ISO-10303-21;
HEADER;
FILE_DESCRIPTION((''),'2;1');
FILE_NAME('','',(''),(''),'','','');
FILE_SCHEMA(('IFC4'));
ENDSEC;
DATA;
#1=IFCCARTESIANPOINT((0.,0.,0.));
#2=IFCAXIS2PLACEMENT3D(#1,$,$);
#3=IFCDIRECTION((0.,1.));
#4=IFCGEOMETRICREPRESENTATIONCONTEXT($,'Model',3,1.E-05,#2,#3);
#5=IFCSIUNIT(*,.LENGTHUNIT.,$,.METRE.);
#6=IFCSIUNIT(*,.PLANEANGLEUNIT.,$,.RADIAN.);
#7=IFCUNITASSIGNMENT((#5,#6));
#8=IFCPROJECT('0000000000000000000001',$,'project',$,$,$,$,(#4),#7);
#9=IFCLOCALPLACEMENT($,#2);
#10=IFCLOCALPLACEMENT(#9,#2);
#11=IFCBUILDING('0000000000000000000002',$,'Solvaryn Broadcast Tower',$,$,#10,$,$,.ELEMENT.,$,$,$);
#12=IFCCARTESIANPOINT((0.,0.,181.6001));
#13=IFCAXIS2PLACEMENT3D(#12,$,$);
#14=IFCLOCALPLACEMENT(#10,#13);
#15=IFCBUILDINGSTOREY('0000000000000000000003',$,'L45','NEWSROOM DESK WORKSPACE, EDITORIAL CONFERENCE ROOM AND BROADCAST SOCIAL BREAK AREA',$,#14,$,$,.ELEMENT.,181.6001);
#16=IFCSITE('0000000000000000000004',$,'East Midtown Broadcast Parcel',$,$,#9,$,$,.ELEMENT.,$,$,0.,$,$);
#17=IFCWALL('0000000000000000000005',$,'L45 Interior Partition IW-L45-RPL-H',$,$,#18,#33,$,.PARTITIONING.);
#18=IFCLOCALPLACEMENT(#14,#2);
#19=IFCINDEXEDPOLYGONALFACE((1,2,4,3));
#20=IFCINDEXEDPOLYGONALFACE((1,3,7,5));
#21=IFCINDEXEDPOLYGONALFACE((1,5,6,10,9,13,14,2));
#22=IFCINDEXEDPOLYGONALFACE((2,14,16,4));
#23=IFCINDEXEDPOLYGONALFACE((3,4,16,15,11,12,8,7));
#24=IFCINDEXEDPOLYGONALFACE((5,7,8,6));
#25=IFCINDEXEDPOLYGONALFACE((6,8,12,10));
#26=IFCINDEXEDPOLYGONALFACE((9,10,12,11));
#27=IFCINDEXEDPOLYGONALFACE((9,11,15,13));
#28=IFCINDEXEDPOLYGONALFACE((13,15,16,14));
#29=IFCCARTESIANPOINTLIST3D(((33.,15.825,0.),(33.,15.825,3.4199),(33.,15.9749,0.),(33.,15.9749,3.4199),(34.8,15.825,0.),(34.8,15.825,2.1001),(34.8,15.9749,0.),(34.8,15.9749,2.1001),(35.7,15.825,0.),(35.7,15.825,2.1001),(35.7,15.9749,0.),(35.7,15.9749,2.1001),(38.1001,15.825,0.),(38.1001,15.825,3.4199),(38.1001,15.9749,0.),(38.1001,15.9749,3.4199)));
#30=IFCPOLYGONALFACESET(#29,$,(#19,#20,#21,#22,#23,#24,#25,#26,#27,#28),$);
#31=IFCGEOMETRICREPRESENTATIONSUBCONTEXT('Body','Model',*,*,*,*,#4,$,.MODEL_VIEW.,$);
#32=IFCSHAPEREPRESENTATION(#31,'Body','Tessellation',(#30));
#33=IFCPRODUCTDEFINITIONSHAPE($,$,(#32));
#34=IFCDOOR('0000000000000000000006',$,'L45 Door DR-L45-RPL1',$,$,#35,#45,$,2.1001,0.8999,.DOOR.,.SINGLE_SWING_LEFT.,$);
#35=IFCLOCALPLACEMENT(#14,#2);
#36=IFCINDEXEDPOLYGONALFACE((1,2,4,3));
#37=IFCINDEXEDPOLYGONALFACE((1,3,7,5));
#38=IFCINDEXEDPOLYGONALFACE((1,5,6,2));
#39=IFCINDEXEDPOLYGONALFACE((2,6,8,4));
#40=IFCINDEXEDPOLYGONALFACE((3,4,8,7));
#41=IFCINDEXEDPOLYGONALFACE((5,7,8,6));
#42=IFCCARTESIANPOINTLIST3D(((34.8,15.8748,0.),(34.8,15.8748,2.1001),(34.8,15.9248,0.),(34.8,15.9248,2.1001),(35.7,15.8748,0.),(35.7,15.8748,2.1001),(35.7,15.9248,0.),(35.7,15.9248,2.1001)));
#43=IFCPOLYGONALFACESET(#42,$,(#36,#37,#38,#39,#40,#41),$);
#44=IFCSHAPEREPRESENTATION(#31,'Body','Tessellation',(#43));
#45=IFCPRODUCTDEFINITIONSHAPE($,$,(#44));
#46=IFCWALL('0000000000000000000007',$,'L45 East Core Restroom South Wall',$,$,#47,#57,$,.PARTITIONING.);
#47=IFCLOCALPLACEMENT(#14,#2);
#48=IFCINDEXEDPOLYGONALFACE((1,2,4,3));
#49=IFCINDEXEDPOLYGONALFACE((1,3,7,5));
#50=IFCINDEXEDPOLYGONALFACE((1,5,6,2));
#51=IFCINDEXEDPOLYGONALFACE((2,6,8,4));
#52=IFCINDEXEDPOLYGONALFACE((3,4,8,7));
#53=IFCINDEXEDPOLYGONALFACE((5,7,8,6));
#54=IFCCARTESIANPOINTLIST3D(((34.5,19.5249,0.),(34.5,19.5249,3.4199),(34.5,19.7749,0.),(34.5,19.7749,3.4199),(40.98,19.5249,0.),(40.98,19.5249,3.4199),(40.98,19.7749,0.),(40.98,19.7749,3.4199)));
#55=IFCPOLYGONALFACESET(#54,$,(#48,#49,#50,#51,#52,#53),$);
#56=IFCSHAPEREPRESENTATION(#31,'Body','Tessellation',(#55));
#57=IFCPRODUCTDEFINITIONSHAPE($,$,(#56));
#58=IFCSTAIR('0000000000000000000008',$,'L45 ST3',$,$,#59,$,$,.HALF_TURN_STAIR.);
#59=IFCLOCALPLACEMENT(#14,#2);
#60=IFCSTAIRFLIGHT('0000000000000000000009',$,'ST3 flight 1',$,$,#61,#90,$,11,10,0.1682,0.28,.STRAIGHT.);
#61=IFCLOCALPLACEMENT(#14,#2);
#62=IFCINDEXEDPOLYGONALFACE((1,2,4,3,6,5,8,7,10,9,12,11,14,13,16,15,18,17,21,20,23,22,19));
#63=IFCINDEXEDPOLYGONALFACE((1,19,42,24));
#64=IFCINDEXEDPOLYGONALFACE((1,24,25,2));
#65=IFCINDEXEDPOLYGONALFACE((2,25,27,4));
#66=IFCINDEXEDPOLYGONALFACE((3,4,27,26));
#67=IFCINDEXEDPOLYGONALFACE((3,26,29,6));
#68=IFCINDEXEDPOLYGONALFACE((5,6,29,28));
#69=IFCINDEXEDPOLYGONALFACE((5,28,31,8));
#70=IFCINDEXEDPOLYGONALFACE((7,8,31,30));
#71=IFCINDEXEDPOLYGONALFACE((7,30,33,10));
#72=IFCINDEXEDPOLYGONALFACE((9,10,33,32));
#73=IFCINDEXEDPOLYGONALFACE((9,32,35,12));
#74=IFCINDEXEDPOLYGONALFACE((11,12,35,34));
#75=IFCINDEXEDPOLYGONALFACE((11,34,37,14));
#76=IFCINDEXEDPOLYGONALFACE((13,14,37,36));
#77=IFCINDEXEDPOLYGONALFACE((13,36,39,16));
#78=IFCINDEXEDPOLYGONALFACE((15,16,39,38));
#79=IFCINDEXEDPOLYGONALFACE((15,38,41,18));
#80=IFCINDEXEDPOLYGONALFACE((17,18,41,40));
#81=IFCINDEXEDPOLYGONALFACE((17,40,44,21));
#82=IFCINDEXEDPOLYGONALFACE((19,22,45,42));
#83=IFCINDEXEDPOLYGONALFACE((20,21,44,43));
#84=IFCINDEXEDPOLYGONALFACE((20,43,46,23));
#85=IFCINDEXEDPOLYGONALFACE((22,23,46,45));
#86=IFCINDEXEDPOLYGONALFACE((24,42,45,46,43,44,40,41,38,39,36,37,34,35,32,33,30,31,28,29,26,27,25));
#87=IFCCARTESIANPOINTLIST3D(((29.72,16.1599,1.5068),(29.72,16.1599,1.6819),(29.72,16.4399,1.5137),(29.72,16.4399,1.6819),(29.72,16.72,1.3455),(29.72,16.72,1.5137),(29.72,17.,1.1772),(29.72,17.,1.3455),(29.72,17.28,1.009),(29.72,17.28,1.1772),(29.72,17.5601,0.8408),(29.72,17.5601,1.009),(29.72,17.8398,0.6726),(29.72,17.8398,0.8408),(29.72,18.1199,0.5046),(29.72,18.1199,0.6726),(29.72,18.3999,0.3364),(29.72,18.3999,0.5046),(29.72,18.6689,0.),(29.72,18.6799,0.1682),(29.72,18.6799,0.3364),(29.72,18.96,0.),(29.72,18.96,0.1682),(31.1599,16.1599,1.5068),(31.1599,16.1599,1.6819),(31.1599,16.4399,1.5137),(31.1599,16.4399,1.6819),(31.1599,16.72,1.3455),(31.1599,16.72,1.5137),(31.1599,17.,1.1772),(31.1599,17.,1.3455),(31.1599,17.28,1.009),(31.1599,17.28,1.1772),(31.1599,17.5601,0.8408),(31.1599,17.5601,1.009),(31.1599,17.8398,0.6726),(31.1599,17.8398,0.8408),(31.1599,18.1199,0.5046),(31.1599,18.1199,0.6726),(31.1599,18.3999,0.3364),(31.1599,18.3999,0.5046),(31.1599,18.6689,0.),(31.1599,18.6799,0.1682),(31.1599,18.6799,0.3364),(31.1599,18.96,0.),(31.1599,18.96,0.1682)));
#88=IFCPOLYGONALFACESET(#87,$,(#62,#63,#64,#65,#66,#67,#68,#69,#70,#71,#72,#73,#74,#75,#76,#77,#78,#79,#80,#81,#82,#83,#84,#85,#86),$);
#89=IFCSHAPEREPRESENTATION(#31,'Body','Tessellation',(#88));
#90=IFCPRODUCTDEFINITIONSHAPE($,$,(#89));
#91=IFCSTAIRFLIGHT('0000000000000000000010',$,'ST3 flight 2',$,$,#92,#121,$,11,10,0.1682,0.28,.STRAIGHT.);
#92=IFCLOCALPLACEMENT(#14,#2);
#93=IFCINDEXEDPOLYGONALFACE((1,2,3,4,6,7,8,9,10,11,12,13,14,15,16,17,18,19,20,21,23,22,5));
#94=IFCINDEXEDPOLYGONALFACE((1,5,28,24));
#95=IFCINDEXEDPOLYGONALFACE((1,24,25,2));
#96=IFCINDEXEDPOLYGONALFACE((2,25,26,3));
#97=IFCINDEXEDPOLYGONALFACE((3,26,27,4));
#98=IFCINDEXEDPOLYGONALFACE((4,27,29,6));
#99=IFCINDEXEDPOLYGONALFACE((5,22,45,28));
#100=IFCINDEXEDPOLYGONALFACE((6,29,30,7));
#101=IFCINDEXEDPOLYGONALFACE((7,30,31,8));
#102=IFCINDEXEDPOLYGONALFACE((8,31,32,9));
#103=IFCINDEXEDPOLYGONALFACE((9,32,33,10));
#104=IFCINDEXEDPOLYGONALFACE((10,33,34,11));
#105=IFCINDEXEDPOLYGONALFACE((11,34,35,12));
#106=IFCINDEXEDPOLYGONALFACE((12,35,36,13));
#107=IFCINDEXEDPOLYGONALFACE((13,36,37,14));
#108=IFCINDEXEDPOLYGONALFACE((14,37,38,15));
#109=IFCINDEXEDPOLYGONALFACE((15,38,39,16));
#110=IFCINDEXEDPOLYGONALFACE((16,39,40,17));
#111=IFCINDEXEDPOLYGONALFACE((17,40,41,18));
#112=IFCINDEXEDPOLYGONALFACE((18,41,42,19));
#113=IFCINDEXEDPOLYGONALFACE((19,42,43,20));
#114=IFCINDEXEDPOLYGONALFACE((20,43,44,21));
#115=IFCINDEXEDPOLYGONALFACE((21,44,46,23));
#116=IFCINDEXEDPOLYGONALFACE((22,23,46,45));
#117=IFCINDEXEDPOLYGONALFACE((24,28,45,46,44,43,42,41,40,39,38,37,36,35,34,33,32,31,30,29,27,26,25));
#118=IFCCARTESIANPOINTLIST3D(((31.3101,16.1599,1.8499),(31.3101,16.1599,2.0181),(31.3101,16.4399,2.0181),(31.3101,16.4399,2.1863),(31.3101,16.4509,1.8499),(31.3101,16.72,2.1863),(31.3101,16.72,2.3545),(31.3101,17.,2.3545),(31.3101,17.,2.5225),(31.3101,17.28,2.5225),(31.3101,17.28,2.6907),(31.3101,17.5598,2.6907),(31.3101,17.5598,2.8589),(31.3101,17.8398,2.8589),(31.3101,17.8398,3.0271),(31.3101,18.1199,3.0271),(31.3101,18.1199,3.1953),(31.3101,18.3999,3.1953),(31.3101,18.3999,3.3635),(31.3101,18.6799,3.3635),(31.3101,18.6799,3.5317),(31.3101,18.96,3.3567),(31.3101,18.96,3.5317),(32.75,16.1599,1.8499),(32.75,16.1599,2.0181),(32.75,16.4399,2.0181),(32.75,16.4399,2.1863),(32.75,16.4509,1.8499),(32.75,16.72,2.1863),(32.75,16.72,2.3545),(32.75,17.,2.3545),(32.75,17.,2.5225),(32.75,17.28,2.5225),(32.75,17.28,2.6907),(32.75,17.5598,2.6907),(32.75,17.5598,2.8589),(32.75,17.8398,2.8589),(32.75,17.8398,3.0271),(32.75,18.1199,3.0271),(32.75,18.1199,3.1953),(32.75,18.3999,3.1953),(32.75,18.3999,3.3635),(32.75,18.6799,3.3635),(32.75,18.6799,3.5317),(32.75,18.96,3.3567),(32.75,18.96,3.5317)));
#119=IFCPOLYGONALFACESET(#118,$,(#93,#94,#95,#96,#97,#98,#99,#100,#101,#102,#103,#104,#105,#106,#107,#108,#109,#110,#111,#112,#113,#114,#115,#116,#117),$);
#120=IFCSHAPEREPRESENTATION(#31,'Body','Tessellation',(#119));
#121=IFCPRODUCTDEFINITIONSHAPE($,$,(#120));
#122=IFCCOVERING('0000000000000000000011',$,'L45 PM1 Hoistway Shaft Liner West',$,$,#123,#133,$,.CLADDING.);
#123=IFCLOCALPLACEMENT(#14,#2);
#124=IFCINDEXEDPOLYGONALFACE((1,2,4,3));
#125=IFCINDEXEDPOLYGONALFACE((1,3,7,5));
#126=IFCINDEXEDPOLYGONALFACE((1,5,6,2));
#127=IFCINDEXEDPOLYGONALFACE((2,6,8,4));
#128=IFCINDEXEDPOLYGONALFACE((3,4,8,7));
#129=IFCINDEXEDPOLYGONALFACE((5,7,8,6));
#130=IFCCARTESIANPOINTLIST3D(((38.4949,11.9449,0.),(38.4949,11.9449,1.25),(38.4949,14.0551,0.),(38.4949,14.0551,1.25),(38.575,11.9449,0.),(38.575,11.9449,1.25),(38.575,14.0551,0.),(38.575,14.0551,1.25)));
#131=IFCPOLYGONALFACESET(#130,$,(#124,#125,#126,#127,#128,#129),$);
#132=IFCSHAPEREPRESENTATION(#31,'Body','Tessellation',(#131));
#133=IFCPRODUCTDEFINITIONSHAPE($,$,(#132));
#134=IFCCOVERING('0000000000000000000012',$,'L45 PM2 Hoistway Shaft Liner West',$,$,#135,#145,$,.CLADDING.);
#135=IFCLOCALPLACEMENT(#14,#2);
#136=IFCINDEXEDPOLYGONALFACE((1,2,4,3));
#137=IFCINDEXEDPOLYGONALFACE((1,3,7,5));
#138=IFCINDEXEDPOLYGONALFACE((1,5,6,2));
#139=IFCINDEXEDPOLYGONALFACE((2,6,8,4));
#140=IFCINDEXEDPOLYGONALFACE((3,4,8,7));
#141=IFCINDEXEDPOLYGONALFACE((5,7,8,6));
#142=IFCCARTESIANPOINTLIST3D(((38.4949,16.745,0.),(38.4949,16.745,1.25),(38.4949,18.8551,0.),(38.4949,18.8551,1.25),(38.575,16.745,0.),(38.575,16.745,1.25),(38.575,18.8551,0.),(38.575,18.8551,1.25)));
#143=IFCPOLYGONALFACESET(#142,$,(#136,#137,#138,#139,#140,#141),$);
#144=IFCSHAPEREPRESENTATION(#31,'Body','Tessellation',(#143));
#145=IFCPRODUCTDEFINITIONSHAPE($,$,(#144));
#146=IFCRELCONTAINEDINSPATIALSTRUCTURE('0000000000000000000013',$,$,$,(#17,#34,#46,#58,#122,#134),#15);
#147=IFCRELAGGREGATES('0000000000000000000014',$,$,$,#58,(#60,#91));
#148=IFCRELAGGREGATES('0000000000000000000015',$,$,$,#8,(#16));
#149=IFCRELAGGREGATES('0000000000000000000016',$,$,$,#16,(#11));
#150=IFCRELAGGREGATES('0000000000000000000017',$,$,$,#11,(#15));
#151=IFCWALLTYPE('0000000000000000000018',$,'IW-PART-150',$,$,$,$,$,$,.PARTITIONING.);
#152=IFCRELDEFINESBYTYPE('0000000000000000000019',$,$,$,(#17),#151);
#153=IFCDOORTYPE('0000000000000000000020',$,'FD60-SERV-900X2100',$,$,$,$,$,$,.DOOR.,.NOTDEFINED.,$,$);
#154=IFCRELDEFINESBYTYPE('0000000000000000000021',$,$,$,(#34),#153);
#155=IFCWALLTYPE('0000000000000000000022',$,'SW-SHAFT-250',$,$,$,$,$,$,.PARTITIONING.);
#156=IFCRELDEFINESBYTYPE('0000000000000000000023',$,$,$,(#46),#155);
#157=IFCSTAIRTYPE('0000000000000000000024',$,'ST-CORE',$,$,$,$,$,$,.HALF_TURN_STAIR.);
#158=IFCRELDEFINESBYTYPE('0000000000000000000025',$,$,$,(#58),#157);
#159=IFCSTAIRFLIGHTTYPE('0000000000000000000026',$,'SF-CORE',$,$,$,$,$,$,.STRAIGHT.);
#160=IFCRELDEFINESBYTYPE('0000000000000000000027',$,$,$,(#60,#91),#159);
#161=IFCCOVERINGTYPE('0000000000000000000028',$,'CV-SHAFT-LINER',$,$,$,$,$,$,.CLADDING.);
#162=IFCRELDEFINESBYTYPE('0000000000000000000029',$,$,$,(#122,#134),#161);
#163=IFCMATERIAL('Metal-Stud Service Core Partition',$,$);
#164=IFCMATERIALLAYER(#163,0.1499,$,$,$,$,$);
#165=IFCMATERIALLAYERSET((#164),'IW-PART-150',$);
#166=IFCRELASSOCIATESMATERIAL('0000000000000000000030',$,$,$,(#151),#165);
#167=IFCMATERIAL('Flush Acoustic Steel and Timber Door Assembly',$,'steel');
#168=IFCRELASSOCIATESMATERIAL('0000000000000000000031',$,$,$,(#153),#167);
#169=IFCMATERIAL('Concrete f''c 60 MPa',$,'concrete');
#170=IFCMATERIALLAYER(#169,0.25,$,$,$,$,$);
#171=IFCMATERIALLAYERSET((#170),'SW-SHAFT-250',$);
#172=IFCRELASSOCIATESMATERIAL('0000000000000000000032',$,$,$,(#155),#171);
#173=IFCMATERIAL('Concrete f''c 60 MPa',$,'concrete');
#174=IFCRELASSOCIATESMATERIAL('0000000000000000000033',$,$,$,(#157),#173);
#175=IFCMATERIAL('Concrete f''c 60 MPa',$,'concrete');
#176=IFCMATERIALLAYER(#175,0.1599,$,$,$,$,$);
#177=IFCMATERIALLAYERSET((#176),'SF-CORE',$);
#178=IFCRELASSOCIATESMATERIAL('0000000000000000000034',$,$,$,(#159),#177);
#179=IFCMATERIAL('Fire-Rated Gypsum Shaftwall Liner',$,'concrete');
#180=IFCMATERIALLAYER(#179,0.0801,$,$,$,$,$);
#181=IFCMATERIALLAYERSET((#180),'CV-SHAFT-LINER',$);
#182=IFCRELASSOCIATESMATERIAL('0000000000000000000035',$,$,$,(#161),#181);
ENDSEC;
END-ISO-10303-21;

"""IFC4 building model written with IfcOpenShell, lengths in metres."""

from ifc_helpers import new_model, si_unit, direction, frame, frame_2d, origin, origin_2d, place, context, subcontext, project, spatial, polyline, rectangle, outline, extrude, material, layer, layer_set, type_object, element, fill, aggregate, save


model = new_model("IFC4")

# Units and contexts
model_context = context("Model", 3, precision=1e-05, world=origin(), true_north=direction((0.0, 1.0)))
body_context = subcontext(model_context, "Body", "Model", "MODEL_VIEW")
ifc_project = project(units=[si_unit("LENGTHUNIT", "METRE"), si_unit("PLANEANGLEUNIT", "RADIAN")], contexts=[model_context])

# Site, building, storey
site_placement = place(None, origin())
site = spatial("IfcSite", under=ifc_project, at=site_placement, Name="East Midtown Broadcast Parcel", CompositionType="ELEMENT", RefElevation=0.0)
building_placement = place(site_placement, origin())
building = spatial("IfcBuilding", under=site, at=building_placement, Name="Solvaryn Broadcast Tower", CompositionType="ELEMENT")
storey_placement = place(building_placement, frame((0.0, 0.0, 181.6001)))
storey = spatial("IfcBuildingStorey", under=building, at=storey_placement, Name="L45", Description="NEWSROOM DESK WORKSPACE, EDITORIAL CONFERENCE ROOM AND BROADCAST SOCIAL BREAK AREA", CompositionType="ELEMENT", Elevation=181.6001)

# Wall, opening, door
ifc_material_1 = material(Name="Metal-Stud Service Core Partition")
ifc_layer_1 = layer(ifc_material_1, 0.1499)
ifc_layer_set_1 = layer_set([ifc_layer_1], Name="IW-PART-150")
wall_type_1 = type_object("IfcWallType", Name="IW-PART-150", PredefinedType="PARTITIONING", material=ifc_layer_set_1)
wall_1_placement = place(storey_placement, frame((33.0, 15.8999, 0.0), z_axis=(0.0, 0.0, 1.0), x_axis=(1.0, 0.0, 0.0)))
wall_1 = element("IfcWall", 1, at=wall_1_placement, inside=storey, type_object=wall_type_1, Name="L45 Interior Partition IW-L45-RPL-H", PredefinedType="PARTITIONING", context=body_context, shape_type="SweptSolid", body=[
    extrude(rectangle(XDim=5.1001, YDim=0.1499, at=frame_2d((2.55, 0.0))), origin(), (0.0, 0.0, 1.0), 3.4199),
])
opening_1_placement = place(wall_1_placement, frame((1.8, 0.0, 0.0)))
opening_1 = element("IfcOpeningElement", 2, at=opening_1_placement, cuts=wall_1, PredefinedType="OPENING", context=body_context, shape_type="SweptSolid", body=[
    extrude(rectangle(XDim=0.8999, YDim=2.1001, at=frame_2d((0.45, 1.05))), frame((0.0, 0.085, 0.0), z_axis=(0.0, -1.0, 0.0), x_axis=(1.0, 0.0, 0.0)), (0.0, 0.0, 1.0), 0.1699),
])
ifc_material_2 = material(Name="Flush Acoustic Steel and Timber Door Assembly", Category="steel")
door_type_1 = type_object("IfcDoorType", Name="FD60-SERV-900X2100", OperationType="NOTDEFINED", PredefinedType="DOOR", material=ifc_material_2)
door_1_placement = place(opening_1_placement, origin())
door_1 = element("IfcDoor", 3, at=door_1_placement, inside=storey, type_object=door_type_1, Name="L45 Door DR-L45-RPL1", OperationType="SINGLE_SWING_LEFT", OverallHeight=2.1001, OverallWidth=0.8999, PredefinedType="DOOR", context=body_context, shape_type="SweptSolid", body=[
    extrude(rectangle(XDim=0.8999, YDim=2.1001, at=frame_2d((0.45, 1.05))), frame((0.0, 0.0249, 0.0), z_axis=(0.0, -1.0, 0.0), x_axis=(1.0, 0.0, 0.0)), (0.0, 0.0, 1.0), 0.05),
])
fill(opening_1, door_1)

# Wall
ifc_material_3 = material(Name="Concrete f'c 60 MPa", Category="concrete")
ifc_layer_2 = layer(ifc_material_3, 0.25)
ifc_layer_set_2 = layer_set([ifc_layer_2], Name="SW-SHAFT-250")
wall_type_2 = type_object("IfcWallType", Name="SW-SHAFT-250", PredefinedType="PARTITIONING", material=ifc_layer_set_2)
wall_2_placement = place(storey_placement, frame((34.5, 19.6499, 0.0), z_axis=(0.0, 0.0, 1.0), x_axis=(1.0, 0.0, 0.0)))
element("IfcWall", 4, at=wall_2_placement, inside=storey, type_object=wall_type_2, Name="L45 East Core Restroom South Wall", PredefinedType="PARTITIONING", context=body_context, shape_type="SweptSolid", body=[
    extrude(rectangle(XDim=6.48, YDim=0.25, at=frame_2d((3.24, 0.0))), origin(), (0.0, 0.0, 1.0), 3.4199),
])

# Stair, stair flights
ifc_material_4 = material(Name="Concrete f'c 60 MPa", Category="concrete")
stair_type = type_object("IfcStairType", Name="ST-CORE", PredefinedType="HALF_TURN_STAIR", material=ifc_material_4)
stair_placement = place(storey_placement, origin())
stair = element("IfcStair", 5, at=stair_placement, inside=storey, type_object=stair_type, Name="L45 ST3", PredefinedType="HALF_TURN_STAIR")
ifc_material_5 = material(Name="Concrete f'c 60 MPa", Category="concrete")
ifc_layer_3 = layer(ifc_material_5, 0.1599)
ifc_layer_set_3 = layer_set([ifc_layer_3], Name="SF-CORE")
stair_flight_type = type_object("IfcStairFlightType", Name="SF-CORE", PredefinedType="STRAIGHT", material=ifc_layer_set_3)
stair_flight_1_placement = place(storey_placement, frame((30.4399, 18.96, 0.0), z_axis=(0.0, 0.0, 1.0), x_axis=(0.0, -1.0, 0.0)))
stair_flight_1 = element("IfcStairFlight", 6, at=stair_flight_1_placement, type_object=stair_flight_type, Name="ST3 flight 1", NumberOfRisers=11, NumberOfTreads=10, PredefinedType="STRAIGHT", RiserHeight=0.1682, TreadLength=0.28, context=body_context, shape_type="SweptSolid", body=[
    extrude(outline(polyline([(0.0, 0.0), (0.0, 0.1682), (0.28, 0.1682), (0.28, 0.3364), (0.5601, 0.3364), (0.5601, 0.5046), (0.8401, 0.5046), (0.8401, 0.6726), (1.1201, 0.6726), (1.1201, 0.8408), (1.3999, 0.8408), (1.3999, 1.009), (1.6799, 1.009), (1.6799, 1.1772), (1.96, 1.1772), (1.96, 1.3455), (2.24, 1.3455), (2.24, 1.5137), (2.52, 1.5137), (2.52, 1.6819), (2.8, 1.6819), (2.8, 1.8501), (2.8, 1.5068), (0.291, 0.0), (0.0, 0.0)])), frame((0.0, 0.72, 0.0), z_axis=(0.0, -1.0, 0.0), x_axis=(1.0, 0.0, 0.0)), (0.0, 0.0, 1.0), 1.4399),
])
stair_flight_2_placement = place(storey_placement, frame((32.03, 16.1599, 1.8499), z_axis=(0.0, 0.0, 1.0), x_axis=(0.0, 1.0, 0.0)))
stair_flight_2 = element("IfcStairFlight", 7, at=stair_flight_2_placement, type_object=stair_flight_type, Name="ST3 flight 2", NumberOfRisers=11, NumberOfTreads=10, PredefinedType="STRAIGHT", RiserHeight=0.1682, TreadLength=0.28, context=body_context, shape_type="SweptSolid", body=[
    extrude(outline(polyline([(0.0, 0.0), (0.0, 0.1682), (0.28, 0.1682), (0.28, 0.3364), (0.5601, 0.3364), (0.5601, 0.5046), (0.8401, 0.5046), (0.8401, 0.6726), (1.1201, 0.6726), (1.1201, 0.8408), (1.3999, 0.8408), (1.3999, 1.009), (1.6799, 1.009), (1.6799, 1.1772), (1.96, 1.1772), (1.96, 1.3455), (2.24, 1.3455), (2.24, 1.5137), (2.52, 1.5137), (2.52, 1.6819), (2.8, 1.6819), (2.8, 1.8501), (2.8, 1.5068), (0.291, 0.0), (0.0, 0.0)])), frame((0.0, 0.72, 0.0), z_axis=(0.0, -1.0, 0.0), x_axis=(1.0, 0.0, 0.0)), (0.0, 0.0, 1.0), 1.4399),
])
aggregate(stair, [stair_flight_1, stair_flight_2])

# Coverings
ifc_material_6 = material(Name="Fire-Rated Gypsum Shaftwall Liner", Category="concrete")
ifc_layer_4 = layer(ifc_material_6, 0.0801)
ifc_layer_set_4 = layer_set([ifc_layer_4], Name="CV-SHAFT-LINER")
covering_type = type_object("IfcCoveringType", Name="CV-SHAFT-LINER", PredefinedType="CLADDING", material=ifc_layer_set_4)
for number, where, z_axis, x_axis, name in (
    (8, (38.5349, 13.0, 0.0), (0.0, 0.0, 1.0), (1.0, 0.0, 0.0), "L45 PM1 Hoistway Shaft Liner West"),
    (9, (38.5349, 17.8, 0.0), (0.0, 0.0, 1.0), (1.0, 0.0, 0.0), "L45 PM2 Hoistway Shaft Liner West"),
):
    element("IfcCovering", number, at=place(storey_placement, frame(where, z_axis=z_axis, x_axis=x_axis)), inside=storey, type_object=covering_type, Name=name, PredefinedType="CLADDING", context=body_context, shape_type="SweptSolid", body=[
        extrude(rectangle(XDim=0.0801, YDim=2.1101, at=origin_2d()), origin(), (0.0, 0.0, 1.0), 1.25),
    ])

save(model, "model.ifc")
